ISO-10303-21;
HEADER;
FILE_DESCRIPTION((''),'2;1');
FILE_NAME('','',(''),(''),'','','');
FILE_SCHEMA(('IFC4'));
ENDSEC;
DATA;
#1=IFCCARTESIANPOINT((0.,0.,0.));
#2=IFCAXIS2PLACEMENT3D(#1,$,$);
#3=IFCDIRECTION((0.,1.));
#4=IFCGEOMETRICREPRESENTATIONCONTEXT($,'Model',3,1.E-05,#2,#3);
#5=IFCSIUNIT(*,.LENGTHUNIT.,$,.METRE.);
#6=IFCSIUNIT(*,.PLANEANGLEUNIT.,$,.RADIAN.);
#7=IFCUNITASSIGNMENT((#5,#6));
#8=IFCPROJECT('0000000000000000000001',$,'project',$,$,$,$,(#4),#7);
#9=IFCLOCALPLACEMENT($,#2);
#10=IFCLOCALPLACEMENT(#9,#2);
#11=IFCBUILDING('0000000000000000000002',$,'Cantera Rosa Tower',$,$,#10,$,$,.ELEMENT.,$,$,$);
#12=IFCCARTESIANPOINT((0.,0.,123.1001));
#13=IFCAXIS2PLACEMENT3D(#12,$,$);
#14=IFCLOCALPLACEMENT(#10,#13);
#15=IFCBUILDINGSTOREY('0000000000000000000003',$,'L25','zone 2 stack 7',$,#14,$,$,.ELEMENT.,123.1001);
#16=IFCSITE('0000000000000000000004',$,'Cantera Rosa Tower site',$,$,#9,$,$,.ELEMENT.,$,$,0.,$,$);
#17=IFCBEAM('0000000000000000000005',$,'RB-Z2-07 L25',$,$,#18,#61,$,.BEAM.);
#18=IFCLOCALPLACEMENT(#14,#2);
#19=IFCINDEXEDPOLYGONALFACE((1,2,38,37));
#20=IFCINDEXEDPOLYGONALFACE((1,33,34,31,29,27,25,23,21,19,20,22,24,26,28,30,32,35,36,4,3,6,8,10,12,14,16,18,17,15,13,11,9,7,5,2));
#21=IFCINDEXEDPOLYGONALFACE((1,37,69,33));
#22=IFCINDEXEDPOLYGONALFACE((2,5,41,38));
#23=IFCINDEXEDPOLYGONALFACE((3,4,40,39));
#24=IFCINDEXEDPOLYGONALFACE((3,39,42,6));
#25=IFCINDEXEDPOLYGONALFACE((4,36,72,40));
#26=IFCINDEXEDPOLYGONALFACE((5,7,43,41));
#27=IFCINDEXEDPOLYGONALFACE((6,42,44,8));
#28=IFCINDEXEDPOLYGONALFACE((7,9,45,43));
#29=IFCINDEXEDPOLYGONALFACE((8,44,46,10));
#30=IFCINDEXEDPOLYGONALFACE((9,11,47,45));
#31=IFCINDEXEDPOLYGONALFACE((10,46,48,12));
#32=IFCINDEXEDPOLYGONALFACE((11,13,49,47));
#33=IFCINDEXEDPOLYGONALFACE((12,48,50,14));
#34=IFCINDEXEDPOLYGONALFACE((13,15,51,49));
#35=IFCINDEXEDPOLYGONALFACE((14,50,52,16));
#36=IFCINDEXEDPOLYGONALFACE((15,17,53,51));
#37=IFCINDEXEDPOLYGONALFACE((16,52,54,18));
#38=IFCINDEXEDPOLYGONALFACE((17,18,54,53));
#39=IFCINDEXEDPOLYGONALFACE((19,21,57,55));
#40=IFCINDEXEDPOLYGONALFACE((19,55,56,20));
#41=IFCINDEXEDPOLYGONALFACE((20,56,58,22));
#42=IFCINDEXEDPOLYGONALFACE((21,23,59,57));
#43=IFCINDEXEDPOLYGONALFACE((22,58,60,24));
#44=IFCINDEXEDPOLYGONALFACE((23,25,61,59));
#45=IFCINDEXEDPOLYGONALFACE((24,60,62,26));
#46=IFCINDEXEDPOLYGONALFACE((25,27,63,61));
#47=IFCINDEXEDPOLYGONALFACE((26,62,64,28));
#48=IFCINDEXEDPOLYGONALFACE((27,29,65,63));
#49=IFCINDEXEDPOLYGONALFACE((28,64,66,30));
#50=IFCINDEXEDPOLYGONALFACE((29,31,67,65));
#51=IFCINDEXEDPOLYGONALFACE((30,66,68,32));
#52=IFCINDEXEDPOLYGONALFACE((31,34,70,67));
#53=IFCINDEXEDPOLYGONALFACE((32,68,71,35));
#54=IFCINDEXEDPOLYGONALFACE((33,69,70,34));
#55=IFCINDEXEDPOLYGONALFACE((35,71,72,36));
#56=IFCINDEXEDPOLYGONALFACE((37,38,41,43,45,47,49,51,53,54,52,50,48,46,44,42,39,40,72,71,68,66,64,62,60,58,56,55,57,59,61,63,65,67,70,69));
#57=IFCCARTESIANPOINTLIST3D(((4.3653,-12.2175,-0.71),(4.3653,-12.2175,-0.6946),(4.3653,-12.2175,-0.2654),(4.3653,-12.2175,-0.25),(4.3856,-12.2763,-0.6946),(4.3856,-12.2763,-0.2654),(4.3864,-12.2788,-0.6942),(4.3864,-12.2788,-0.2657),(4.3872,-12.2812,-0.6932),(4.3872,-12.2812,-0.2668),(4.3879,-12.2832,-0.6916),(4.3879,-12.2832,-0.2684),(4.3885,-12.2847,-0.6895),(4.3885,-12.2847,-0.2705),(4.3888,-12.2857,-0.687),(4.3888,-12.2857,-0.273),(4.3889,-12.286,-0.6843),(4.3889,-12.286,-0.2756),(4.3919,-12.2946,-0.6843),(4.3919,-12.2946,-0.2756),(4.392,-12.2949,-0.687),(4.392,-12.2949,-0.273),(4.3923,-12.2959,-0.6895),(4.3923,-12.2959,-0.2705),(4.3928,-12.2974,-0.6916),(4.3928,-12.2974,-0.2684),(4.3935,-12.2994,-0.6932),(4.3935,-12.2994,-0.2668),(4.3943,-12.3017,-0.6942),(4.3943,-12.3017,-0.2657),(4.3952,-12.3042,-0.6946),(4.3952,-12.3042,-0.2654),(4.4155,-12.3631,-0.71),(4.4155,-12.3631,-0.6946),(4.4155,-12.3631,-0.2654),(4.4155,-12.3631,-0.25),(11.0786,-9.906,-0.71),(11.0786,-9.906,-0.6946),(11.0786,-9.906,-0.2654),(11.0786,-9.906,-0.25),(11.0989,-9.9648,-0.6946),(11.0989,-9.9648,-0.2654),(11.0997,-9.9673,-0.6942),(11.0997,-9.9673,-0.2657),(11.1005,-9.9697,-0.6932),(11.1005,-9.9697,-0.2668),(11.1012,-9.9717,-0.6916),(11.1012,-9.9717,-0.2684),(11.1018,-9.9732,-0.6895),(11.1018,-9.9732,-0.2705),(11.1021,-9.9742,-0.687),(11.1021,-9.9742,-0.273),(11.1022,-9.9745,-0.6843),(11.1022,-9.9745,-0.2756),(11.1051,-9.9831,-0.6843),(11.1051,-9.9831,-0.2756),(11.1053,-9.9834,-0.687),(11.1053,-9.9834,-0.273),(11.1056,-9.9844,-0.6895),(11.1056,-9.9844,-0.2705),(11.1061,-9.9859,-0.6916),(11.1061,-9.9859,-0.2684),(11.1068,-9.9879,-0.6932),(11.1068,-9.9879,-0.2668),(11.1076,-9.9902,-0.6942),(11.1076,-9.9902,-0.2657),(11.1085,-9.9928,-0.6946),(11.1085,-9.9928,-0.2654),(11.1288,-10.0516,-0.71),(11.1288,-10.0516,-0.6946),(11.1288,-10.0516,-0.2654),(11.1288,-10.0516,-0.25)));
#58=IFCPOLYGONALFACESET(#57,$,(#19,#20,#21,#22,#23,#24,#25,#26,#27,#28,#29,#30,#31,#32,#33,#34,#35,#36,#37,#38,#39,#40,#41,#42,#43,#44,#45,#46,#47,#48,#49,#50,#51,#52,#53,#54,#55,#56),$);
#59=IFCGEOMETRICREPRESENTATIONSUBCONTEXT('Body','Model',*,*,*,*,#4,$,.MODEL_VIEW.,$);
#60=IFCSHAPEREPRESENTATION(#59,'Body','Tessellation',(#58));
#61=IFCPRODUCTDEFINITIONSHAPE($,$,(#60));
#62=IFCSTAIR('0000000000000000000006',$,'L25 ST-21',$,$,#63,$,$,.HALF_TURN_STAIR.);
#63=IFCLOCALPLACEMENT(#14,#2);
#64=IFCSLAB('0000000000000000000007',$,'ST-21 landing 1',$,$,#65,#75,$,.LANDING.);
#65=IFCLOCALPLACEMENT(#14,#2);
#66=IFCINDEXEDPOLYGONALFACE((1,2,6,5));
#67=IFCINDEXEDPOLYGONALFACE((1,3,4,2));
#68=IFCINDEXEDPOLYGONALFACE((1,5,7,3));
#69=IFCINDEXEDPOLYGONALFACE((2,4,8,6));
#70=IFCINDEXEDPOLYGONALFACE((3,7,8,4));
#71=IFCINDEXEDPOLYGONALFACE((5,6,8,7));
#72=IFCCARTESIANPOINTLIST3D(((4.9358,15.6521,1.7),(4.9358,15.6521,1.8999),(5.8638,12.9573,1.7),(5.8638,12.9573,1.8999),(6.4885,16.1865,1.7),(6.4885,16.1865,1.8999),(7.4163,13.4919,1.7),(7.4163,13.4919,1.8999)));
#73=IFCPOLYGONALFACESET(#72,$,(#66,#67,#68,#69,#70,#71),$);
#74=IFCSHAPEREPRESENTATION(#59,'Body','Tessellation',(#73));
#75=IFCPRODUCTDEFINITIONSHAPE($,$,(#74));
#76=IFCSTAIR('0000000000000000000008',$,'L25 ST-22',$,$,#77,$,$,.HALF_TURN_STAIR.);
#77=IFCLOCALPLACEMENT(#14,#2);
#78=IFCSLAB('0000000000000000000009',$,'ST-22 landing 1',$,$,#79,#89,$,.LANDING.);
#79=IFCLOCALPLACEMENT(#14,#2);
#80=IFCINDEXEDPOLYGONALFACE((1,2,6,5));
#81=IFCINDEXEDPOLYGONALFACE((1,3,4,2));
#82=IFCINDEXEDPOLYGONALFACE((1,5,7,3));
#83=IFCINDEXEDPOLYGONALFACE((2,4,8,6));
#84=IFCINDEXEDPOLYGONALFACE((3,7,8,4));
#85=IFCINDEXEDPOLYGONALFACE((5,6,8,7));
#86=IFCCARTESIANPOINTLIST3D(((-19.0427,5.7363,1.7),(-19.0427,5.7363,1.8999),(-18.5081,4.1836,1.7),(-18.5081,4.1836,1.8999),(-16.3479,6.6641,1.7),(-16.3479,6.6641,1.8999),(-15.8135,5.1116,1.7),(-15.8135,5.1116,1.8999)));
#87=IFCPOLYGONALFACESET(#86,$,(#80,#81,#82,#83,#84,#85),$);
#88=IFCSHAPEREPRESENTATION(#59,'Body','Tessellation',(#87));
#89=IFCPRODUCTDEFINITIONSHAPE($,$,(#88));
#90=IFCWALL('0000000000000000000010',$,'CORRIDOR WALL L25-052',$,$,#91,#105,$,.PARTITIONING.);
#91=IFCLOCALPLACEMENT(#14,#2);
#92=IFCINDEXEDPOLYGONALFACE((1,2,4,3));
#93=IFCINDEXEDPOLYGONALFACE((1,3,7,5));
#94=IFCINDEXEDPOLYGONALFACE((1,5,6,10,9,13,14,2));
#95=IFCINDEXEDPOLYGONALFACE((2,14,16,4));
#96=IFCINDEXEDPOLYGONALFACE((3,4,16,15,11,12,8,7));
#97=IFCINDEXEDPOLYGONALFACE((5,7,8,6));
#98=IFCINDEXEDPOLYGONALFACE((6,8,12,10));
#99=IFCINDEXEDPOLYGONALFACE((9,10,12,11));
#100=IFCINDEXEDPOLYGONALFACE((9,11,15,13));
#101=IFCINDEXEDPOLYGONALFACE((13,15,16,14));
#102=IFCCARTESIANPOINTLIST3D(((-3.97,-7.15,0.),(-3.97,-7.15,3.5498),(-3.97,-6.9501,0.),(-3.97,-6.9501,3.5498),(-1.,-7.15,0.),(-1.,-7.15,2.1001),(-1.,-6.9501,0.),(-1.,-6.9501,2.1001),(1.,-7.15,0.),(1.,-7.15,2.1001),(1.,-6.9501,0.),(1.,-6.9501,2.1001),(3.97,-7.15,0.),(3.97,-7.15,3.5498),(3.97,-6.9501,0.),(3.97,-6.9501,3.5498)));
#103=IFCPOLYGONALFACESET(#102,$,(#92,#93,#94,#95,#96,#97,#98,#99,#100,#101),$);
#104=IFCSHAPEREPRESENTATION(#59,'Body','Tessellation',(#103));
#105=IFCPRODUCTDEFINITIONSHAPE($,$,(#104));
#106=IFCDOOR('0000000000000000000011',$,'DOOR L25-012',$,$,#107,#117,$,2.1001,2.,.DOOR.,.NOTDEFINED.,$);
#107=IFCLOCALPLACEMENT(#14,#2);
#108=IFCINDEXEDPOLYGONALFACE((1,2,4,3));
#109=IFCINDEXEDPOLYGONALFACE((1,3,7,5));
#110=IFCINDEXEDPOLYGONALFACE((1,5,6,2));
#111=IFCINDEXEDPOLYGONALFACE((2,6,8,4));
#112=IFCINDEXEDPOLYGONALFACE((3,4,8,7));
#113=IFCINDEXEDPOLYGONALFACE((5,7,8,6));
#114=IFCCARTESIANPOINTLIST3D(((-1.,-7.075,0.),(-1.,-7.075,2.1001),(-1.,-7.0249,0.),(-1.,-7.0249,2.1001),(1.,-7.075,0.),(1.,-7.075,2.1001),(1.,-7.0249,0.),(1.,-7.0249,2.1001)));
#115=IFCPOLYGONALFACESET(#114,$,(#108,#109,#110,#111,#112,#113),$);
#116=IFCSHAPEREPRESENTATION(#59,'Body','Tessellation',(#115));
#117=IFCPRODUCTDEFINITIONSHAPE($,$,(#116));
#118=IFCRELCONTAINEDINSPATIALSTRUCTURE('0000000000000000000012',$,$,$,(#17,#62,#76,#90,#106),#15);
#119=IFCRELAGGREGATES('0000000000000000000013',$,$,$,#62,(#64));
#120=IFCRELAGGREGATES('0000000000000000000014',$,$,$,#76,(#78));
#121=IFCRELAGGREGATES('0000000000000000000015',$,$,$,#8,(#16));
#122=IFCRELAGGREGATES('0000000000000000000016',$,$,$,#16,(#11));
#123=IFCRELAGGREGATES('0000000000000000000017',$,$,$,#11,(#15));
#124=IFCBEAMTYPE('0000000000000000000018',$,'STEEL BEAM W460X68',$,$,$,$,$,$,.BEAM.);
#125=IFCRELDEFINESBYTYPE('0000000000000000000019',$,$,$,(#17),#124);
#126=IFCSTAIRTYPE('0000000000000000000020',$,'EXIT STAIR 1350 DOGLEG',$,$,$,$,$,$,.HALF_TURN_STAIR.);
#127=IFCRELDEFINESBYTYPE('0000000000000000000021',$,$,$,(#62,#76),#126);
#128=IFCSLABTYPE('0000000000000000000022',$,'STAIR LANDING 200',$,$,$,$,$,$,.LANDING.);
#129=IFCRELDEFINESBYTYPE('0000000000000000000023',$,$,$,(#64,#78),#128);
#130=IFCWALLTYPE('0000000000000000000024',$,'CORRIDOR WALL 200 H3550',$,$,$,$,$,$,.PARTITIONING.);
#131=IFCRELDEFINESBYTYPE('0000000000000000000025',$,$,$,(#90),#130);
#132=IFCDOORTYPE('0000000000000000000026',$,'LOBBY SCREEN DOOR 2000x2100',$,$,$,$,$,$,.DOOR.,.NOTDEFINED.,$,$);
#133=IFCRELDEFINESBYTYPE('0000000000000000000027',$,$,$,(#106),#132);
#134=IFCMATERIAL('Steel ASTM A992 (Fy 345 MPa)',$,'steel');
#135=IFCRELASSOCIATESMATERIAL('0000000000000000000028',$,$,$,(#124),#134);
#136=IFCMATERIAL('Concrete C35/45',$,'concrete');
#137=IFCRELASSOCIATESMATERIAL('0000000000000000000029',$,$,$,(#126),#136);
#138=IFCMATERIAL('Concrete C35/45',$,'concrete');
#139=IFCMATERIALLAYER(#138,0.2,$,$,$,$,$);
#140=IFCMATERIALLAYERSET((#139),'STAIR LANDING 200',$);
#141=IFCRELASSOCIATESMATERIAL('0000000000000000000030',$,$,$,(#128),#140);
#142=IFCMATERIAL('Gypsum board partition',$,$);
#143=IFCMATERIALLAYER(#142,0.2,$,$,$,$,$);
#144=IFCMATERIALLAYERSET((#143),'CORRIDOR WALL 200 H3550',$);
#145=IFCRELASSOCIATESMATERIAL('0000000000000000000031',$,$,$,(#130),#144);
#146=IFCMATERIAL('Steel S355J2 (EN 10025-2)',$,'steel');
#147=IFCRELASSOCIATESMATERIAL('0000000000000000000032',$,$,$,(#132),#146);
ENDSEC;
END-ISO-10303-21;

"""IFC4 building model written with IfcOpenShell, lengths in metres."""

from ifc_helpers import new_model, si_unit, direction, frame, frame_2d, origin, origin_2d, place, context, subcontext, project, spatial, polyline, rectangle, i_section, outline, extrude, material, layer, layer_set, material_profile, profile_set, type_object, element, fill, aggregate, save


model = new_model("IFC4")

# Units and contexts
model_context = context("Model", 3, precision=1e-05, world=origin(), true_north=direction((0.0, 1.0)))
body_context = subcontext(model_context, "Body", "Model", "MODEL_VIEW")
ifc_project = project(units=[si_unit("LENGTHUNIT", "METRE"), si_unit("PLANEANGLEUNIT", "RADIAN")], contexts=[model_context])

# Site, building, storey
site_placement = place(None, origin())
site = spatial("IfcSite", under=ifc_project, at=site_placement, Name="Cantera Rosa Tower site", CompositionType="ELEMENT", RefElevation=0.0)
building_placement = place(site_placement, origin())
building = spatial("IfcBuilding", under=site, at=building_placement, Name="Cantera Rosa Tower", CompositionType="ELEMENT")
storey_placement = place(building_placement, frame((0.0, 0.0, 123.1001)))
storey = spatial("IfcBuildingStorey", under=building, at=storey_placement, Name="L25", Description="zone 2 stack 7", CompositionType="ELEMENT", Elevation=123.1001)

# Beam
ifc_material_1 = material(Name="Steel ASTM A992 (Fy 345 MPa)", Category="steel")
ifc_material_profile = material_profile(ifc_material_1, i_section(OverallWidth=0.1541, OverallDepth=0.46, WebThickness=0.009, FlangeThickness=0.0154, FilletRadius=0.0103, at=origin_2d()), Name="W460X68")
ifc_profile_set = profile_set([ifc_material_profile], Name="Steel ASTM A992 (Fy 345 MPa)")
beam_type = type_object("IfcBeamType", Name="STEEL BEAM W460X68", PredefinedType="BEAM", material=ifc_profile_set)
beam_placement = place(storey_placement, frame((4.3904, -12.2903, -0.48), z_axis=(0.945522, 0.325558, 0.0), x_axis=(-0.325558, 0.945522, 0.0)))
element("IfcBeam", 1, at=beam_placement, inside=storey, type_object=beam_type, Name="RB-Z2-07 L25", PredefinedType="BEAM", context=body_context, shape_type="SweptSolid", body=[
    extrude(i_section(OverallWidth=0.1541, OverallDepth=0.46, WebThickness=0.009, FlangeThickness=0.0154, FilletRadius=0.0103, at=origin_2d()), origin(), (0.0, 0.0, 1.0), 7.1001),
])

# Stairs, slabs
ifc_material_2 = material(Name="Concrete C35/45", Category="concrete")
stair_type = type_object("IfcStairType", Name="EXIT STAIR 1350 DOGLEG", PredefinedType="HALF_TURN_STAIR", material=ifc_material_2)
stair_1_placement = place(storey_placement, origin())
stair_1 = element("IfcStair", 2, at=stair_1_placement, inside=storey, type_object=stair_type, Name="L25 ST-21", PredefinedType="HALF_TURN_STAIR")
ifc_material_3 = material(Name="Concrete C35/45", Category="concrete")
ifc_layer_1 = layer(ifc_material_3, 0.2)
ifc_layer_set_1 = layer_set([ifc_layer_1], Name="STAIR LANDING 200")
slab_type = type_object("IfcSlabType", Name="STAIR LANDING 200", PredefinedType="LANDING", material=ifc_layer_set_1)
slab_1_placement = place(storey_placement, frame((0.0, 0.0, 1.7)))
slab_1 = element("IfcSlab", 3, at=slab_1_placement, type_object=slab_type, Name="ST-21 landing 1", PredefinedType="LANDING", context=body_context, shape_type="SweptSolid", body=[
    extrude(outline(polyline([(6.4885, 16.1865), (4.9358, 15.6521), (5.8638, 12.9573), (7.4163, 13.4919), (6.4885, 16.1865)])), origin(), (0.0, 0.0, 1.0), 0.2),
])
aggregate(stair_1, [slab_1])
stair_2_placement = place(storey_placement, origin())
stair_2 = element("IfcStair", 4, at=stair_2_placement, inside=storey, type_object=stair_type, Name="L25 ST-22", PredefinedType="HALF_TURN_STAIR")
slab_2_placement = place(storey_placement, frame((0.0, 0.0, 1.7)))
slab_2 = element("IfcSlab", 5, at=slab_2_placement, type_object=slab_type, Name="ST-22 landing 1", PredefinedType="LANDING", context=body_context, shape_type="SweptSolid", body=[
    extrude(outline(polyline([(-15.8135, 5.1116), (-16.3479, 6.6641), (-19.0427, 5.7363), (-18.5081, 4.1836), (-15.8135, 5.1116)])), origin(), (0.0, 0.0, 1.0), 0.2),
])
aggregate(stair_2, [slab_2])

# Wall, opening, door
ifc_material_4 = material(Name="Gypsum board partition")
ifc_layer_2 = layer(ifc_material_4, 0.2)
ifc_layer_set_2 = layer_set([ifc_layer_2], Name="CORRIDOR WALL 200 H3550")
wall_type_1 = type_object("IfcWallType", Name="CORRIDOR WALL 200 H3550", PredefinedType="PARTITIONING", material=ifc_layer_set_2)
wall_1_placement = place(storey_placement, frame((3.97, -7.05, 0.0), z_axis=(0.0, 0.0, 1.0), x_axis=(-1.0, 0.0, 0.0)))
wall_1 = element("IfcWall", 6, at=wall_1_placement, inside=storey, type_object=wall_type_1, Name="CORRIDOR WALL L25-052", PredefinedType="PARTITIONING", context=body_context, shape_type="SweptSolid", body=[
    extrude(rectangle(XDim=7.9399, YDim=0.2, at=frame_2d((3.97, 0.0))), origin(), (0.0, 0.0, 1.0), 3.5498),
])
opening_1_placement = place(wall_1_placement, frame((2.97, 0.0, 0.0)))
opening_1 = element("IfcOpeningElement", 7, at=opening_1_placement, cuts=wall_1, PredefinedType="OPENING", context=body_context, shape_type="SweptSolid", body=[
    extrude(rectangle(XDim=2.0, YDim=2.1001, at=frame_2d((1.0, 1.05))), frame((0.0, 0.1099, 0.0), z_axis=(0.0, -1.0, 0.0), x_axis=(1.0, 0.0, 0.0)), (0.0, 0.0, 1.0), 0.22),
])
ifc_material_5 = material(Name="Steel S355J2 (EN 10025-2)", Category="steel")
door_type_1 = type_object("IfcDoorType", Name="LOBBY SCREEN DOOR 2000x2100", OperationType="NOTDEFINED", PredefinedType="DOOR", material=ifc_material_5)
door_1_placement = place(opening_1_placement, origin())
door_1 = element("IfcDoor", 8, at=door_1_placement, inside=storey, type_object=door_type_1, Name="DOOR L25-012", OperationType="NOTDEFINED", OverallHeight=2.1001, OverallWidth=2.0, PredefinedType="DOOR", context=body_context, shape_type="SweptSolid", body=[
    extrude(rectangle(XDim=2.0, YDim=2.1001, at=frame_2d((1.0, 1.05))), frame((0.0, 0.0249, 0.0), z_axis=(0.0, -1.0, 0.0), x_axis=(1.0, 0.0, 0.0)), (0.0, 0.0, 1.0), 0.05),
])
fill(opening_1, door_1)

save(model, "model.ifc")
